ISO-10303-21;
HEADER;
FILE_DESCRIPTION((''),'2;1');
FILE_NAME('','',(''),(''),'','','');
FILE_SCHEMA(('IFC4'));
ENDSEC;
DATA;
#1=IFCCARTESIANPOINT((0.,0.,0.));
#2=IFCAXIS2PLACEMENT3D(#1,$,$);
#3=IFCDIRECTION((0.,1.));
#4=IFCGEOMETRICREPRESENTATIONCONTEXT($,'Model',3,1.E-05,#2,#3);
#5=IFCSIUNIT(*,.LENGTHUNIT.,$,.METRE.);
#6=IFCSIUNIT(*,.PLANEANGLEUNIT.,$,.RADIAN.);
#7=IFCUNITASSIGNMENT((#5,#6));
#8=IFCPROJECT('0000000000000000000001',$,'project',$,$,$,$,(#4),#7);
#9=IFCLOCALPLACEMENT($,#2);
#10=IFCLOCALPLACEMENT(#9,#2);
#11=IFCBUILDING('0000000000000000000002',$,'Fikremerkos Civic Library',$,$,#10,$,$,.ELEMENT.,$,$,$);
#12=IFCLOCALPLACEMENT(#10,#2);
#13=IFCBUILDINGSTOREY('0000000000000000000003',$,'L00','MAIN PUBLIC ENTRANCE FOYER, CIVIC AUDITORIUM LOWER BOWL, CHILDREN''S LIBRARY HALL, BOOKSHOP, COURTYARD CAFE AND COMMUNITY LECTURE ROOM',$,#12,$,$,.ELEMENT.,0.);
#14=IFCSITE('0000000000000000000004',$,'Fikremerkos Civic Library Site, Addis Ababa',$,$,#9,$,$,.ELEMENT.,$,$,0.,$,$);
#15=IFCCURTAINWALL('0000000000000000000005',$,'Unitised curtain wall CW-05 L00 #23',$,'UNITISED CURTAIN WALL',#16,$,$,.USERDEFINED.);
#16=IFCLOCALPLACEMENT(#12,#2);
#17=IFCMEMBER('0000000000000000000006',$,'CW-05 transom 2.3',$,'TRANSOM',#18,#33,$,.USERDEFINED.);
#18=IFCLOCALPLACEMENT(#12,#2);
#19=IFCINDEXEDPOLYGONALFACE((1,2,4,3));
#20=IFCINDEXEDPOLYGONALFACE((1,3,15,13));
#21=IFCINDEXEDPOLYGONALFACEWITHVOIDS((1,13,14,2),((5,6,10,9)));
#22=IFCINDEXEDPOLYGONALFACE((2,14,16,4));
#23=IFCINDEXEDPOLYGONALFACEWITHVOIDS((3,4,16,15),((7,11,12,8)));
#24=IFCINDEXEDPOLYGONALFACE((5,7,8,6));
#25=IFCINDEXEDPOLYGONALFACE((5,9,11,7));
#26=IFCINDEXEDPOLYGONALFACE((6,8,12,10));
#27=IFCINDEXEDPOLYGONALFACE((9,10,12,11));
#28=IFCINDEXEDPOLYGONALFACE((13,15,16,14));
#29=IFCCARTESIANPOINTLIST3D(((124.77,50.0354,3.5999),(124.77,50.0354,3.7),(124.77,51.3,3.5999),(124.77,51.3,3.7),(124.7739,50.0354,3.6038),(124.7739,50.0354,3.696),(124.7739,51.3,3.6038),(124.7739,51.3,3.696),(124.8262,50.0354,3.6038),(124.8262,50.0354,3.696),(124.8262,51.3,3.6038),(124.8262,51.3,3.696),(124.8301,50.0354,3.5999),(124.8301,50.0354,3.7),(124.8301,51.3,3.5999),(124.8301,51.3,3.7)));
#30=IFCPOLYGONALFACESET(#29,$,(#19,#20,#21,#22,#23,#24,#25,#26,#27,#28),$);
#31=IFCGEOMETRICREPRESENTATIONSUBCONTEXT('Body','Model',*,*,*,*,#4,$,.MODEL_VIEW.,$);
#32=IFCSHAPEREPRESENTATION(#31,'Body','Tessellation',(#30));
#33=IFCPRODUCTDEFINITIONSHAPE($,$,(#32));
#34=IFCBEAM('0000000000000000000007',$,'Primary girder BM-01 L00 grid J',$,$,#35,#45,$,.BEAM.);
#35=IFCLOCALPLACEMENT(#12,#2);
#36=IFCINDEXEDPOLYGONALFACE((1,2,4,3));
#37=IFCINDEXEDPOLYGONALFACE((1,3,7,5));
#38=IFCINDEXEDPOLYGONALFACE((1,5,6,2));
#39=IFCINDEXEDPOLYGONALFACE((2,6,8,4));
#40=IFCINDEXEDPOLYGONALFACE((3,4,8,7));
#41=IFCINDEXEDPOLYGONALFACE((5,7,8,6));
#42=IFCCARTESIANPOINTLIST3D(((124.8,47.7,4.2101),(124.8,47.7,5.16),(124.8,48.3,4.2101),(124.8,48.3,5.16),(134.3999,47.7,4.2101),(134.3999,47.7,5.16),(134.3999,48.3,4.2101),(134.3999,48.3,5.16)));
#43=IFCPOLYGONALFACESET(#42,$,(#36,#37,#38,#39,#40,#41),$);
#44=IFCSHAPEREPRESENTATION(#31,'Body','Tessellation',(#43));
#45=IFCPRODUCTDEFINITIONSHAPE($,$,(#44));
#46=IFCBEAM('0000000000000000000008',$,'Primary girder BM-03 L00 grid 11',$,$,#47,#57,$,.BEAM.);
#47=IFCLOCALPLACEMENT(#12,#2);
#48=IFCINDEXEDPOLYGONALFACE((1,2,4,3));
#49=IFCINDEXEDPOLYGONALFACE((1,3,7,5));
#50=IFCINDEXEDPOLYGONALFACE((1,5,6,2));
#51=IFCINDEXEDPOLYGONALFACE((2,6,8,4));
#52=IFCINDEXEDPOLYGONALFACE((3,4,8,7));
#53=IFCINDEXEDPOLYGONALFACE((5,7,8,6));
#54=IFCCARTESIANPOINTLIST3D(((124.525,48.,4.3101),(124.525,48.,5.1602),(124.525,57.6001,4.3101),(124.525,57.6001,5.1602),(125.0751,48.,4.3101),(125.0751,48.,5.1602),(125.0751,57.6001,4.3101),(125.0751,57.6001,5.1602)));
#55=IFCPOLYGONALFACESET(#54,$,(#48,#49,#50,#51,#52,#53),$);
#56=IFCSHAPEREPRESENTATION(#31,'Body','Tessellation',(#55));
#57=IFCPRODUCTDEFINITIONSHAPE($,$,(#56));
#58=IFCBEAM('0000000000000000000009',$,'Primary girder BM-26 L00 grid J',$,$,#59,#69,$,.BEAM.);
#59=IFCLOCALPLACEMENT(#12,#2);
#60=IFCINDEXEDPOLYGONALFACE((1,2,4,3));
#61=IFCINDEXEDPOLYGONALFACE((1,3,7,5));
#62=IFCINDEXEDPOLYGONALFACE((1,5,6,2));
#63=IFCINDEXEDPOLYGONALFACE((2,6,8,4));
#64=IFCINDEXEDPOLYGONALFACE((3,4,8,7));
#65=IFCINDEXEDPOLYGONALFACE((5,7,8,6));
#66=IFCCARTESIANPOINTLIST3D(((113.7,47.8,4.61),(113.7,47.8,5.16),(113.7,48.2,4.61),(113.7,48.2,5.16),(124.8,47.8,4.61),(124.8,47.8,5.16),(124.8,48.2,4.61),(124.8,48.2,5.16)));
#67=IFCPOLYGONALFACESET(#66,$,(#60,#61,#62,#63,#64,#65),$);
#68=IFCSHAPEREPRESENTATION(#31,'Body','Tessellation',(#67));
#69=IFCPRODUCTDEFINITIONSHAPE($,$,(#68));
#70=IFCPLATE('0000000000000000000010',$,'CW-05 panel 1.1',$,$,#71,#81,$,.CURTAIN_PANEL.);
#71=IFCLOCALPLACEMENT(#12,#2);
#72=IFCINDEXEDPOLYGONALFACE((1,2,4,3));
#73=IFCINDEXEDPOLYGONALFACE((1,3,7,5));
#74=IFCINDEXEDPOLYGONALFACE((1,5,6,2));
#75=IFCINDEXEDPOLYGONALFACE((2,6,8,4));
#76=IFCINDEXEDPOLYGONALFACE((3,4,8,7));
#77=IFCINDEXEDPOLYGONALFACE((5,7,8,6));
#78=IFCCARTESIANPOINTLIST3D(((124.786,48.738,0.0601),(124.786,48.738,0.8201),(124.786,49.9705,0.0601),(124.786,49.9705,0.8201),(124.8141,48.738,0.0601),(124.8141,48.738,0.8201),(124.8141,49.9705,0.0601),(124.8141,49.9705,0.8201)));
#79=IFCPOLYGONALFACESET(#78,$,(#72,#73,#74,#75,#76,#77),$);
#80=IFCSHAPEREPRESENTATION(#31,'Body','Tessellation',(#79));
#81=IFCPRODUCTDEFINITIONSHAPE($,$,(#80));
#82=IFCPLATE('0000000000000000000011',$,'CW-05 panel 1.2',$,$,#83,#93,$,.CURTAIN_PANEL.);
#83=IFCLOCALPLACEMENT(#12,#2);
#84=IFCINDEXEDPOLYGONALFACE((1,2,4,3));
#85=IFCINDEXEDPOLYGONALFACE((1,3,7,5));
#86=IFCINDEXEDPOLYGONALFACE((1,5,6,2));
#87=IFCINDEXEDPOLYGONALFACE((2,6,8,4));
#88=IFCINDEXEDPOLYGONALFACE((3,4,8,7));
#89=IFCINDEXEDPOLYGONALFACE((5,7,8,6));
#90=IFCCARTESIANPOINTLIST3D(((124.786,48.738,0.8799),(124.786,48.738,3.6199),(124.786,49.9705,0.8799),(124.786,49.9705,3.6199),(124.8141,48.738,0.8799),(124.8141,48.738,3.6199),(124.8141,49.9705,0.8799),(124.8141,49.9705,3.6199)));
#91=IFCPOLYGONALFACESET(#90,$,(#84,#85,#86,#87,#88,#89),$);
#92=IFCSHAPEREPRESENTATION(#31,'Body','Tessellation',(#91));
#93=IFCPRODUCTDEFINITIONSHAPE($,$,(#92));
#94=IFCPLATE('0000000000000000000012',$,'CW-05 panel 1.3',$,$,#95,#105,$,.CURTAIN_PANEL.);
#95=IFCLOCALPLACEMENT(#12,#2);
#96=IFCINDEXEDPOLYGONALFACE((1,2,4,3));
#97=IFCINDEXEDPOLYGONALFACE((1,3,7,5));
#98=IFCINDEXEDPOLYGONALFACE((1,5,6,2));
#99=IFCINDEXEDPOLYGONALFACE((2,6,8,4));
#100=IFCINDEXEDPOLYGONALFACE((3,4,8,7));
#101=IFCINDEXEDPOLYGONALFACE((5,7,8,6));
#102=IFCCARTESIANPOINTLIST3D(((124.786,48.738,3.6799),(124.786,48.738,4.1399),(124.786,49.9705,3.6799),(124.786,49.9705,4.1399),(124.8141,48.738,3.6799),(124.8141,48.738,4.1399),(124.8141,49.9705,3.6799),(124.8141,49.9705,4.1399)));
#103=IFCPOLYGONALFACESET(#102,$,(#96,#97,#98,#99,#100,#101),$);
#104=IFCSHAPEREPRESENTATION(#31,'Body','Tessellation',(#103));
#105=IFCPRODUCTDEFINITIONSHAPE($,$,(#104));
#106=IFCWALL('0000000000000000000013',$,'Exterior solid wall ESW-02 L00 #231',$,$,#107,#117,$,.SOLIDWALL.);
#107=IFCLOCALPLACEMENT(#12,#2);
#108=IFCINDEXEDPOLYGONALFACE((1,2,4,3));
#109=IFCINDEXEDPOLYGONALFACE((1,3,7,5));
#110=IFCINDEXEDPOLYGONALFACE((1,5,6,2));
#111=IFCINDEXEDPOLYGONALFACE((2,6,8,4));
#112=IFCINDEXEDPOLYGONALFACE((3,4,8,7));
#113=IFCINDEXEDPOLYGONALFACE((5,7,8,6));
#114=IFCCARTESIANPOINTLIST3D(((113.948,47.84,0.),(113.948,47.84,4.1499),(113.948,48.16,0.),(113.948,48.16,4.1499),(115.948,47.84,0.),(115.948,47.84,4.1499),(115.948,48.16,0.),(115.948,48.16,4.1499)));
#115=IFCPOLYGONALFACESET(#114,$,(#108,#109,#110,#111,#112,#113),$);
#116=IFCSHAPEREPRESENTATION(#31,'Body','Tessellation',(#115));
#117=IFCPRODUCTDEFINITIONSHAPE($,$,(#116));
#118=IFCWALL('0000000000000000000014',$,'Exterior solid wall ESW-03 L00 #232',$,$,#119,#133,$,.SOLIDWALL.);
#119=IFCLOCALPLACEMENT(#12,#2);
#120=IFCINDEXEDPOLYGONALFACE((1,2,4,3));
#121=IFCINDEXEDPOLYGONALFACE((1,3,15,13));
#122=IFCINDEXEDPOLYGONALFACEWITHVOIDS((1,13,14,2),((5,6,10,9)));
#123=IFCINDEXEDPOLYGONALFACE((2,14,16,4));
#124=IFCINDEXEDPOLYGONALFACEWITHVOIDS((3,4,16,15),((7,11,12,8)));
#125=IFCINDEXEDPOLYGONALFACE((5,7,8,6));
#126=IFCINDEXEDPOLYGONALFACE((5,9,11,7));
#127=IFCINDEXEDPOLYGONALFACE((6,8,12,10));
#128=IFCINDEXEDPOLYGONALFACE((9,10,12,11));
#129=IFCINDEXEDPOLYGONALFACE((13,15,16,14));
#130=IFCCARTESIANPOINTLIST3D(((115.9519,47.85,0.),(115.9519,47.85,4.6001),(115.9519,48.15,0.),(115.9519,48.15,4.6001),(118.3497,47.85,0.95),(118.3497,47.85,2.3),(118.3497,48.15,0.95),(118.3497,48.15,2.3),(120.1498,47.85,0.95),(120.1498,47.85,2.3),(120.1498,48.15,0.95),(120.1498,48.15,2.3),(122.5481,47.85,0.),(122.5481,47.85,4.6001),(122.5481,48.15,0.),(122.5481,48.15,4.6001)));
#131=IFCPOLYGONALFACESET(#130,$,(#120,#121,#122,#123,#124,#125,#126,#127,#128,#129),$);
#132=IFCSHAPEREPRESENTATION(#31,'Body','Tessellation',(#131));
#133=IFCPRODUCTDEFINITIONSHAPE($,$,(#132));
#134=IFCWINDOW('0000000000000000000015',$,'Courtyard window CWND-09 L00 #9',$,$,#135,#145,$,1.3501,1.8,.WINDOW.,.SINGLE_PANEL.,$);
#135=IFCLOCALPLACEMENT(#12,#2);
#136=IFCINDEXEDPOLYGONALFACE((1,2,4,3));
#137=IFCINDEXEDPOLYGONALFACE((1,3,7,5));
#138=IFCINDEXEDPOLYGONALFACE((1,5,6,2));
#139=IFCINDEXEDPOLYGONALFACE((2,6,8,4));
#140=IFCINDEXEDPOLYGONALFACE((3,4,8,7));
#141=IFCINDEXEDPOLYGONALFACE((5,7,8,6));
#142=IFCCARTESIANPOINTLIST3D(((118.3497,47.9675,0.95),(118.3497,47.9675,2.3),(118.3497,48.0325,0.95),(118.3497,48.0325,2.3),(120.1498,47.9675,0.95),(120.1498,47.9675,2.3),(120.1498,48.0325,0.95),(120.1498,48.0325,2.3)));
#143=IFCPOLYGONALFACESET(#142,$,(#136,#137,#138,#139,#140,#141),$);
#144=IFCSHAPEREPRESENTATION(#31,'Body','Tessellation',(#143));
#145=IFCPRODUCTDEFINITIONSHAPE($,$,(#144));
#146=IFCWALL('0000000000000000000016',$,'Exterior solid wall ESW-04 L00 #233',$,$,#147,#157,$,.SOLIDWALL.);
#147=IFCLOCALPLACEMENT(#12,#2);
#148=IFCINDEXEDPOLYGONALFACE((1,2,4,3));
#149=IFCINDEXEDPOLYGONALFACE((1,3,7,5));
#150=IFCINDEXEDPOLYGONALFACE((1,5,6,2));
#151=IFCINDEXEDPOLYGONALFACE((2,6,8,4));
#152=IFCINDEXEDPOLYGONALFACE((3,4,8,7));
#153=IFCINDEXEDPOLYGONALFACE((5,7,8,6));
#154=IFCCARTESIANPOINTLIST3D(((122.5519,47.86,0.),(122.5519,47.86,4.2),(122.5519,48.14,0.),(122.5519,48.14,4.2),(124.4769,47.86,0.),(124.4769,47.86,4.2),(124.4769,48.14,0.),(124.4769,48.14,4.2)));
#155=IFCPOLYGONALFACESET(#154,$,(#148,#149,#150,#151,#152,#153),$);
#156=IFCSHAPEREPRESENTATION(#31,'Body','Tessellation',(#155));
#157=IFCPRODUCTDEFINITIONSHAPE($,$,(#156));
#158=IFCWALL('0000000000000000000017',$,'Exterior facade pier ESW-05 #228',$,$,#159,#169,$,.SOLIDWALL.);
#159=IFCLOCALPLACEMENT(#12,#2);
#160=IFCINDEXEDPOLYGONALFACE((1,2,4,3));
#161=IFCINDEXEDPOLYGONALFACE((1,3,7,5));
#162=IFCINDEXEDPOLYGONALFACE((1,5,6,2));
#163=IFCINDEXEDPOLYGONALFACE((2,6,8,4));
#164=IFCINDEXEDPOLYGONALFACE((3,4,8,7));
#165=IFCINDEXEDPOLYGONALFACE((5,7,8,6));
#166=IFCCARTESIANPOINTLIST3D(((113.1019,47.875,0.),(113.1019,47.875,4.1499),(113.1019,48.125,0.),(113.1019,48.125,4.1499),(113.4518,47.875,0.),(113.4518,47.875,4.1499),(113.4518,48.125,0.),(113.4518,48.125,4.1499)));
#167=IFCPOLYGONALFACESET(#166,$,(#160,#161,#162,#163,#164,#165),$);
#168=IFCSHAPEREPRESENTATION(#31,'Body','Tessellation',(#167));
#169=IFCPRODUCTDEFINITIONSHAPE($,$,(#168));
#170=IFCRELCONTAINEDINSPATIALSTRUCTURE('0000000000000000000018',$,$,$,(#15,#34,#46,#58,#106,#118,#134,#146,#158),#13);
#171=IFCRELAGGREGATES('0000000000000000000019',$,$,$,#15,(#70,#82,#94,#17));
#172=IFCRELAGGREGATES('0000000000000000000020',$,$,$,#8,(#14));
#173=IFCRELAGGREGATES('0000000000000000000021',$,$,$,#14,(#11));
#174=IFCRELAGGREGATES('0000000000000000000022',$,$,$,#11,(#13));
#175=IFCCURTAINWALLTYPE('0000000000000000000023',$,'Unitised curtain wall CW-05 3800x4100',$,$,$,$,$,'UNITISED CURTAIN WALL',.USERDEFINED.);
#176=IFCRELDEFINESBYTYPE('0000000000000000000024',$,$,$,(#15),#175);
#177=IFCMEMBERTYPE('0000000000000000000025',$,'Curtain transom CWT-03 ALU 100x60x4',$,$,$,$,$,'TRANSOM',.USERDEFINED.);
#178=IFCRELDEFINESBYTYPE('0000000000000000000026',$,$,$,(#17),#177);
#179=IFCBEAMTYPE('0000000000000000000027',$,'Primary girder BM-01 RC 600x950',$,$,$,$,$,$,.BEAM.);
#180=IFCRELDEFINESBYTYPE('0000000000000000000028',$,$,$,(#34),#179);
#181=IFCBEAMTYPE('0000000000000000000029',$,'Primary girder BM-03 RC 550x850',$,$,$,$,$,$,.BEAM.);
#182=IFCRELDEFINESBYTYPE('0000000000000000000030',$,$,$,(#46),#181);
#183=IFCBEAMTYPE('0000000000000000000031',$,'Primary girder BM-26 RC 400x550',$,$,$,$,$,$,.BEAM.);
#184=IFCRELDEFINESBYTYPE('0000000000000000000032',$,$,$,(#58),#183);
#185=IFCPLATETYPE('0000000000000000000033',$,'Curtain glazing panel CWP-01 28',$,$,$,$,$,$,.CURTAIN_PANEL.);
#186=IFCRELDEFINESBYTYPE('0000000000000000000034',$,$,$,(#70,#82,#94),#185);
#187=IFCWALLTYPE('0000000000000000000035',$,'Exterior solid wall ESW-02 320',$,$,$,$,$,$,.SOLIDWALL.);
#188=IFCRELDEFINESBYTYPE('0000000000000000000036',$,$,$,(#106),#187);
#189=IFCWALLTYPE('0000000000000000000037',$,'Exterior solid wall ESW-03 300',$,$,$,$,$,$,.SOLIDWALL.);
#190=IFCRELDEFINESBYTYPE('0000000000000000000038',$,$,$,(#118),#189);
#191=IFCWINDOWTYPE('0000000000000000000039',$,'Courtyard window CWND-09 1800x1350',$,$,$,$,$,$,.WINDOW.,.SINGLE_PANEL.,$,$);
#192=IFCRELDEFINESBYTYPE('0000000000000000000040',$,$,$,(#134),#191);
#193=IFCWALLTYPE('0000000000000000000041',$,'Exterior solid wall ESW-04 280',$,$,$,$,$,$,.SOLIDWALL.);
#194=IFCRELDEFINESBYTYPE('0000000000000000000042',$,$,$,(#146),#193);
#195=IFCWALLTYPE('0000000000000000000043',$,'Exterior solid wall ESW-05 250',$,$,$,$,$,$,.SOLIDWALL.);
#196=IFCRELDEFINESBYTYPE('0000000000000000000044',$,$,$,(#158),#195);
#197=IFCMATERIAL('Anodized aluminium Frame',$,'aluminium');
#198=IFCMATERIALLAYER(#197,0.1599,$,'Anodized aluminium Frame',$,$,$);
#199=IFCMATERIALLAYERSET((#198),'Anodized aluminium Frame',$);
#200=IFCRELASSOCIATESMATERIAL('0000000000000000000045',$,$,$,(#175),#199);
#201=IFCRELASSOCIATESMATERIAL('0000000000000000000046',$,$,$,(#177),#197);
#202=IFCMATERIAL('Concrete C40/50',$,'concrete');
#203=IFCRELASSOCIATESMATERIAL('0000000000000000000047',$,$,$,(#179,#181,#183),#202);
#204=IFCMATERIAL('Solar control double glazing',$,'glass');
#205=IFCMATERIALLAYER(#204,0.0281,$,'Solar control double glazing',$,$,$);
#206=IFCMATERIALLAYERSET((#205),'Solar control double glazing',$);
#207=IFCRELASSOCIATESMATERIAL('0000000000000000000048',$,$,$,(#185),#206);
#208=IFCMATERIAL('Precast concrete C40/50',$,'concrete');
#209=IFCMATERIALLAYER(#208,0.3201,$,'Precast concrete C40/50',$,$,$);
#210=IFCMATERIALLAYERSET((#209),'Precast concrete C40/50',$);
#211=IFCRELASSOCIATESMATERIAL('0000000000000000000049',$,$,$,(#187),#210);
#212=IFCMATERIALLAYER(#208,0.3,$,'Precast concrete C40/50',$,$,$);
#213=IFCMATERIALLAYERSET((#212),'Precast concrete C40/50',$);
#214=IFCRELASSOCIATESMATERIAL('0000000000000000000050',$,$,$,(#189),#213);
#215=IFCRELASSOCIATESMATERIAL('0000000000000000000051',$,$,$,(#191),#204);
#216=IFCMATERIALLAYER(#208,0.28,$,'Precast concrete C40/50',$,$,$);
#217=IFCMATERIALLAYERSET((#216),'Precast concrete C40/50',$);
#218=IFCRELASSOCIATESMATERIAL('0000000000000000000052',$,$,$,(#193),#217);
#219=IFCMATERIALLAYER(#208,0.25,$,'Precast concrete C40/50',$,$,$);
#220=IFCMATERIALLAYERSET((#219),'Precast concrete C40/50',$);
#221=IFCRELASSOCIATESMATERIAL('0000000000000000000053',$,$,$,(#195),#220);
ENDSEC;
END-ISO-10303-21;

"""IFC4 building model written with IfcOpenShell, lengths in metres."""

from ifc_helpers import new_model, si_unit, direction, frame, frame_2d, origin, origin_2d, place, context, subcontext, project, spatial, rectangle, hollow_rectangle, extrude, material, layer, layer_set, material_profile, profile_set, type_object, element, fill, aggregate, save


model = new_model("IFC4")

# Units and contexts
model_context = context("Model", 3, precision=1e-05, world=origin(), true_north=direction((0.0, 1.0)))
body_context = subcontext(model_context, "Body", "Model", "MODEL_VIEW")
ifc_project = project(units=[si_unit("LENGTHUNIT", "METRE"), si_unit("PLANEANGLEUNIT", "RADIAN")], contexts=[model_context])

# Site, building, storey
site_placement = place(None, origin())
site = spatial("IfcSite", under=ifc_project, at=site_placement, Name="Fikremerkos Civic Library Site, Addis Ababa", CompositionType="ELEMENT", RefElevation=0.0)
building_placement = place(site_placement, origin())
building = spatial("IfcBuilding", under=site, at=building_placement, Name="Fikremerkos Civic Library", CompositionType="ELEMENT")
storey_placement = place(building_placement, origin())
storey = spatial("IfcBuildingStorey", under=building, at=storey_placement, Name="L00", Description="MAIN PUBLIC ENTRANCE FOYER, CIVIC AUDITORIUM LOWER BOWL, CHILDREN'S LIBRARY HALL, BOOKSHOP, COURTYARD CAFE AND COMMUNITY LECTURE ROOM", CompositionType="ELEMENT", Elevation=0.0)

# Shared definitions
ifc_material_1 = material(Name="Concrete C40/50", Category="concrete")

# Curtain wall
ifc_material_2 = material(Name="Anodized aluminium Frame", Category="aluminium")
ifc_layer_1 = layer(ifc_material_2, 0.1599, Name="Anodized aluminium Frame")
ifc_layer_set_1 = layer_set([ifc_layer_1], Name="Anodized aluminium Frame")
curtain_wall_type_1 = type_object("IfcCurtainWallType", Name="Unitised curtain wall CW-05 3800x4100", ElementType="UNITISED CURTAIN WALL", PredefinedType="USERDEFINED", material=ifc_layer_set_1)
curtain_wall_1_placement = place(storey_placement, origin())
curtain_wall_1 = element("IfcCurtainWall", 1, at=curtain_wall_1_placement, inside=storey, type_object=curtain_wall_type_1, Name="Unitised curtain wall CW-05 L00 #23", ObjectType="UNITISED CURTAIN WALL", PredefinedType="USERDEFINED")

# Member
ifc_material_profile_1 = material_profile(ifc_material_2, hollow_rectangle(XDim=0.0601, YDim=0.1001, WallThickness=0.0039, at=origin_2d()), Name="ALU 100x60x4")
ifc_profile_set_1 = profile_set([ifc_material_profile_1], Name="Anodized aluminium Frame")
member_type_1 = type_object("IfcMemberType", Name="Curtain transom CWT-03 ALU 100x60x4", ElementType="TRANSOM", PredefinedType="USERDEFINED", material=ifc_profile_set_1)
member_1_placement = place(storey_placement, frame((124.8, 50.0354, 3.6499), z_axis=(0.0, 1.0, 0.0), x_axis=(-1.0, 0.0, 0.0)))
member_1 = element("IfcMember", 2, at=member_1_placement, type_object=member_type_1, Name="CW-05 transom 2.3", ObjectType="TRANSOM", PredefinedType="USERDEFINED", context=body_context, shape_type="SweptSolid", body=[
    extrude(hollow_rectangle(XDim=0.0601, YDim=0.1001, WallThickness=0.0039, at=origin_2d()), origin(), (0.0, 0.0, 1.0), 1.2646),
])

# Beams
ifc_material_profile_2 = material_profile(ifc_material_1, rectangle(XDim=0.6001, YDim=0.95, at=origin_2d()), Name="RC 600x950")
ifc_profile_set_2 = profile_set([ifc_material_profile_2], Name="Concrete C40/50")
beam_type_1 = type_object("IfcBeamType", Name="Primary girder BM-01 RC 600x950", PredefinedType="BEAM", material=ifc_profile_set_2)
beam_1_placement = place(storey_placement, frame((124.8, 48.0, 4.6851), z_axis=(1.0, 0.0, 0.0), x_axis=(0.0, 1.0, 0.0)))
element("IfcBeam", 3, at=beam_1_placement, inside=storey, type_object=beam_type_1, Name="Primary girder BM-01 L00 grid J", PredefinedType="BEAM", context=body_context, shape_type="SweptSolid", body=[
    extrude(rectangle(XDim=0.6001, YDim=0.95, at=origin_2d()), origin(), (0.0, 0.0, 1.0), 9.5999),
])
ifc_material_profile_3 = material_profile(ifc_material_1, rectangle(XDim=0.55, YDim=0.8501, at=origin_2d()), Name="RC 550x850")
ifc_profile_set_3 = profile_set([ifc_material_profile_3], Name="Concrete C40/50")
beam_type_2 = type_object("IfcBeamType", Name="Primary girder BM-03 RC 550x850", PredefinedType="BEAM", material=ifc_profile_set_3)
beam_2_placement = place(storey_placement, frame((124.8, 48.0, 4.7351), z_axis=(0.0, 1.0, 0.0), x_axis=(-1.0, 0.0, 0.0)))
element("IfcBeam", 4, at=beam_2_placement, inside=storey, type_object=beam_type_2, Name="Primary girder BM-03 L00 grid 11", PredefinedType="BEAM", context=body_context, shape_type="SweptSolid", body=[
    extrude(rectangle(XDim=0.55, YDim=0.8501, at=origin_2d()), origin(), (0.0, 0.0, 1.0), 9.6001),
])
ifc_material_profile_4 = material_profile(ifc_material_1, rectangle(XDim=0.3999, YDim=0.55, at=origin_2d()), Name="RC 400x550")
ifc_profile_set_4 = profile_set([ifc_material_profile_4], Name="Concrete C40/50")
beam_type_3 = type_object("IfcBeamType", Name="Primary girder BM-26 RC 400x550", PredefinedType="BEAM", material=ifc_profile_set_4)
beam_3_placement = place(storey_placement, frame((113.7, 48.0, 4.885), z_axis=(1.0, 0.0, 0.0), x_axis=(0.0, 1.0, 0.0)))
element("IfcBeam", 5, at=beam_3_placement, inside=storey, type_object=beam_type_3, Name="Primary girder BM-26 L00 grid J", PredefinedType="BEAM", context=body_context, shape_type="SweptSolid", body=[
    extrude(rectangle(XDim=0.3999, YDim=0.55, at=origin_2d()), origin(), (0.0, 0.0, 1.0), 11.1001),
])

# Plates
ifc_material_3 = material(Name="Solar control double glazing", Category="glass")
ifc_layer_2 = layer(ifc_material_3, 0.0281, Name="Solar control double glazing")
ifc_layer_set_2 = layer_set([ifc_layer_2], Name="Solar control double glazing")
plate_type = type_object("IfcPlateType", Name="Curtain glazing panel CWP-01 28", PredefinedType="CURTAIN_PANEL", material=ifc_layer_set_2)
plate_1_placement = place(storey_placement, frame((124.8, 49.3542, 0.0601), z_axis=(0.0, 0.0, 1.0), x_axis=(0.0, 1.0, 0.0)))
plate_1 = element("IfcPlate", 6, at=plate_1_placement, type_object=plate_type, Name="CW-05 panel 1.1", PredefinedType="CURTAIN_PANEL", context=body_context, shape_type="SweptSolid", body=[
    extrude(rectangle(XDim=1.2324, YDim=0.0281, at=origin_2d()), origin(), (0.0, 0.0, 1.0), 0.76),
])
plate_2_placement = place(storey_placement, frame((124.8, 49.3542, 0.8799), z_axis=(0.0, 0.0, 1.0), x_axis=(0.0, 1.0, 0.0)))
plate_2 = element("IfcPlate", 7, at=plate_2_placement, type_object=plate_type, Name="CW-05 panel 1.2", PredefinedType="CURTAIN_PANEL", context=body_context, shape_type="SweptSolid", body=[
    extrude(rectangle(XDim=1.2324, YDim=0.0281, at=origin_2d()), origin(), (0.0, 0.0, 1.0), 2.74),
])
plate_3_placement = place(storey_placement, frame((124.8, 49.3542, 3.6799), z_axis=(0.0, 0.0, 1.0), x_axis=(0.0, 1.0, 0.0)))
plate_3 = element("IfcPlate", 8, at=plate_3_placement, type_object=plate_type, Name="CW-05 panel 1.3", PredefinedType="CURTAIN_PANEL", context=body_context, shape_type="SweptSolid", body=[
    extrude(rectangle(XDim=1.2324, YDim=0.0281, at=origin_2d()), origin(), (0.0, 0.0, 1.0), 0.46),
])
aggregate(curtain_wall_1, [plate_1, plate_2, plate_3, member_1])

# Wall
ifc_material_4 = material(Name="Precast concrete C40/50", Category="concrete")
ifc_layer_3 = layer(ifc_material_4, 0.3201, Name="Precast concrete C40/50")
ifc_layer_set_3 = layer_set([ifc_layer_3], Name="Precast concrete C40/50")
wall_type_1 = type_object("IfcWallType", Name="Exterior solid wall ESW-02 320", PredefinedType="SOLIDWALL", material=ifc_layer_set_3)
wall_1_placement = place(storey_placement, frame((113.948, 48.0, 0.0), z_axis=(0.0, 0.0, 1.0), x_axis=(1.0, 0.0, 0.0)))
element("IfcWall", 9, at=wall_1_placement, inside=storey, type_object=wall_type_1, Name="Exterior solid wall ESW-02 L00 #231", PredefinedType="SOLIDWALL", context=body_context, shape_type="SweptSolid", body=[
    extrude(rectangle(XDim=2.0, YDim=0.3201, at=frame_2d((1.0, 0.0))), origin(), (0.0, 0.0, 1.0), 4.1499),
])

# Wall, opening, window
ifc_layer_4 = layer(ifc_material_4, 0.3, Name="Precast concrete C40/50")
ifc_layer_set_4 = layer_set([ifc_layer_4], Name="Precast concrete C40/50")
wall_type_2 = type_object("IfcWallType", Name="Exterior solid wall ESW-03 300", PredefinedType="SOLIDWALL", material=ifc_layer_set_4)
wall_2_placement = place(storey_placement, frame((115.9519, 48.0, 0.0), z_axis=(0.0, 0.0, 1.0), x_axis=(1.0, 0.0, 0.0)))
wall_2 = element("IfcWall", 10, at=wall_2_placement, inside=storey, type_object=wall_type_2, Name="Exterior solid wall ESW-03 L00 #232", PredefinedType="SOLIDWALL", context=body_context, shape_type="SweptSolid", body=[
    extrude(rectangle(XDim=6.5962, YDim=0.3, at=frame_2d((3.2981, 0.0))), origin(), (0.0, 0.0, 1.0), 4.6001),
])
opening_placement = place(wall_2_placement, frame((2.3979, 0.0, 0.95)))
opening = element("IfcOpeningElement", 11, at=opening_placement, cuts=wall_2, PredefinedType="OPENING", context=body_context, shape_type="SweptSolid", body=[
    extrude(rectangle(XDim=1.8, YDim=1.3501, at=frame_2d((0.8999, 0.675))), frame((0.0, 0.1599, 0.0), z_axis=(0.0, -1.0, 0.0), x_axis=(1.0, 0.0, 0.0)), (0.0, 0.0, 1.0), 0.3201),
])
window_type = type_object("IfcWindowType", Name="Courtyard window CWND-09 1800x1350", PartitioningType="SINGLE_PANEL", PredefinedType="WINDOW", material=ifc_material_3)
window_placement = place(opening_placement, origin())
window = element("IfcWindow", 12, at=window_placement, inside=storey, type_object=window_type, Name="Courtyard window CWND-09 L00 #9", OverallHeight=1.3501, OverallWidth=1.8, PartitioningType="SINGLE_PANEL", PredefinedType="WINDOW", context=body_context, shape_type="SweptSolid", body=[
    extrude(rectangle(XDim=1.8, YDim=1.3501, at=frame_2d((0.8999, 0.675))), frame((0.0, 0.0325, 0.0), z_axis=(0.0, -1.0, 0.0), x_axis=(1.0, 0.0, 0.0)), (0.0, 0.0, 1.0), 0.0649),
])
fill(opening, window)

# Walls
ifc_layer_5 = layer(ifc_material_4, 0.28, Name="Precast concrete C40/50")
ifc_layer_set_5 = layer_set([ifc_layer_5], Name="Precast concrete C40/50")
wall_type_3 = type_object("IfcWallType", Name="Exterior solid wall ESW-04 280", PredefinedType="SOLIDWALL", material=ifc_layer_set_5)
wall_3_placement = place(storey_placement, frame((122.552, 48.0, 0.0), z_axis=(0.0, 0.0, 1.0), x_axis=(1.0, 0.0, 0.0)))
element("IfcWall", 13, at=wall_3_placement, inside=storey, type_object=wall_type_3, Name="Exterior solid wall ESW-04 L00 #233", PredefinedType="SOLIDWALL", context=body_context, shape_type="SweptSolid", body=[
    extrude(rectangle(XDim=1.925, YDim=0.28, at=frame_2d((0.9624, 0.0))), origin(), (0.0, 0.0, 1.0), 4.2),
])
ifc_layer_6 = layer(ifc_material_4, 0.25, Name="Precast concrete C40/50")
ifc_layer_set_6 = layer_set([ifc_layer_6], Name="Precast concrete C40/50")
wall_type_4 = type_object("IfcWallType", Name="Exterior solid wall ESW-05 250", PredefinedType="SOLIDWALL", material=ifc_layer_set_6)
wall_4_placement = place(storey_placement, frame((113.1021, 48.0, 0.0), z_axis=(0.0, 0.0, 1.0), x_axis=(1.0, 0.0, 0.0)))
element("IfcWall", 14, at=wall_4_placement, inside=storey, type_object=wall_type_4, Name="Exterior facade pier ESW-05 #228", PredefinedType="SOLIDWALL", context=body_context, shape_type="SweptSolid", body=[
    extrude(rectangle(XDim=0.3499, YDim=0.25, at=frame_2d((0.1748, 0.0))), origin(), (0.0, 0.0, 1.0), 4.1499),
])

save(model, "model.ifc")
